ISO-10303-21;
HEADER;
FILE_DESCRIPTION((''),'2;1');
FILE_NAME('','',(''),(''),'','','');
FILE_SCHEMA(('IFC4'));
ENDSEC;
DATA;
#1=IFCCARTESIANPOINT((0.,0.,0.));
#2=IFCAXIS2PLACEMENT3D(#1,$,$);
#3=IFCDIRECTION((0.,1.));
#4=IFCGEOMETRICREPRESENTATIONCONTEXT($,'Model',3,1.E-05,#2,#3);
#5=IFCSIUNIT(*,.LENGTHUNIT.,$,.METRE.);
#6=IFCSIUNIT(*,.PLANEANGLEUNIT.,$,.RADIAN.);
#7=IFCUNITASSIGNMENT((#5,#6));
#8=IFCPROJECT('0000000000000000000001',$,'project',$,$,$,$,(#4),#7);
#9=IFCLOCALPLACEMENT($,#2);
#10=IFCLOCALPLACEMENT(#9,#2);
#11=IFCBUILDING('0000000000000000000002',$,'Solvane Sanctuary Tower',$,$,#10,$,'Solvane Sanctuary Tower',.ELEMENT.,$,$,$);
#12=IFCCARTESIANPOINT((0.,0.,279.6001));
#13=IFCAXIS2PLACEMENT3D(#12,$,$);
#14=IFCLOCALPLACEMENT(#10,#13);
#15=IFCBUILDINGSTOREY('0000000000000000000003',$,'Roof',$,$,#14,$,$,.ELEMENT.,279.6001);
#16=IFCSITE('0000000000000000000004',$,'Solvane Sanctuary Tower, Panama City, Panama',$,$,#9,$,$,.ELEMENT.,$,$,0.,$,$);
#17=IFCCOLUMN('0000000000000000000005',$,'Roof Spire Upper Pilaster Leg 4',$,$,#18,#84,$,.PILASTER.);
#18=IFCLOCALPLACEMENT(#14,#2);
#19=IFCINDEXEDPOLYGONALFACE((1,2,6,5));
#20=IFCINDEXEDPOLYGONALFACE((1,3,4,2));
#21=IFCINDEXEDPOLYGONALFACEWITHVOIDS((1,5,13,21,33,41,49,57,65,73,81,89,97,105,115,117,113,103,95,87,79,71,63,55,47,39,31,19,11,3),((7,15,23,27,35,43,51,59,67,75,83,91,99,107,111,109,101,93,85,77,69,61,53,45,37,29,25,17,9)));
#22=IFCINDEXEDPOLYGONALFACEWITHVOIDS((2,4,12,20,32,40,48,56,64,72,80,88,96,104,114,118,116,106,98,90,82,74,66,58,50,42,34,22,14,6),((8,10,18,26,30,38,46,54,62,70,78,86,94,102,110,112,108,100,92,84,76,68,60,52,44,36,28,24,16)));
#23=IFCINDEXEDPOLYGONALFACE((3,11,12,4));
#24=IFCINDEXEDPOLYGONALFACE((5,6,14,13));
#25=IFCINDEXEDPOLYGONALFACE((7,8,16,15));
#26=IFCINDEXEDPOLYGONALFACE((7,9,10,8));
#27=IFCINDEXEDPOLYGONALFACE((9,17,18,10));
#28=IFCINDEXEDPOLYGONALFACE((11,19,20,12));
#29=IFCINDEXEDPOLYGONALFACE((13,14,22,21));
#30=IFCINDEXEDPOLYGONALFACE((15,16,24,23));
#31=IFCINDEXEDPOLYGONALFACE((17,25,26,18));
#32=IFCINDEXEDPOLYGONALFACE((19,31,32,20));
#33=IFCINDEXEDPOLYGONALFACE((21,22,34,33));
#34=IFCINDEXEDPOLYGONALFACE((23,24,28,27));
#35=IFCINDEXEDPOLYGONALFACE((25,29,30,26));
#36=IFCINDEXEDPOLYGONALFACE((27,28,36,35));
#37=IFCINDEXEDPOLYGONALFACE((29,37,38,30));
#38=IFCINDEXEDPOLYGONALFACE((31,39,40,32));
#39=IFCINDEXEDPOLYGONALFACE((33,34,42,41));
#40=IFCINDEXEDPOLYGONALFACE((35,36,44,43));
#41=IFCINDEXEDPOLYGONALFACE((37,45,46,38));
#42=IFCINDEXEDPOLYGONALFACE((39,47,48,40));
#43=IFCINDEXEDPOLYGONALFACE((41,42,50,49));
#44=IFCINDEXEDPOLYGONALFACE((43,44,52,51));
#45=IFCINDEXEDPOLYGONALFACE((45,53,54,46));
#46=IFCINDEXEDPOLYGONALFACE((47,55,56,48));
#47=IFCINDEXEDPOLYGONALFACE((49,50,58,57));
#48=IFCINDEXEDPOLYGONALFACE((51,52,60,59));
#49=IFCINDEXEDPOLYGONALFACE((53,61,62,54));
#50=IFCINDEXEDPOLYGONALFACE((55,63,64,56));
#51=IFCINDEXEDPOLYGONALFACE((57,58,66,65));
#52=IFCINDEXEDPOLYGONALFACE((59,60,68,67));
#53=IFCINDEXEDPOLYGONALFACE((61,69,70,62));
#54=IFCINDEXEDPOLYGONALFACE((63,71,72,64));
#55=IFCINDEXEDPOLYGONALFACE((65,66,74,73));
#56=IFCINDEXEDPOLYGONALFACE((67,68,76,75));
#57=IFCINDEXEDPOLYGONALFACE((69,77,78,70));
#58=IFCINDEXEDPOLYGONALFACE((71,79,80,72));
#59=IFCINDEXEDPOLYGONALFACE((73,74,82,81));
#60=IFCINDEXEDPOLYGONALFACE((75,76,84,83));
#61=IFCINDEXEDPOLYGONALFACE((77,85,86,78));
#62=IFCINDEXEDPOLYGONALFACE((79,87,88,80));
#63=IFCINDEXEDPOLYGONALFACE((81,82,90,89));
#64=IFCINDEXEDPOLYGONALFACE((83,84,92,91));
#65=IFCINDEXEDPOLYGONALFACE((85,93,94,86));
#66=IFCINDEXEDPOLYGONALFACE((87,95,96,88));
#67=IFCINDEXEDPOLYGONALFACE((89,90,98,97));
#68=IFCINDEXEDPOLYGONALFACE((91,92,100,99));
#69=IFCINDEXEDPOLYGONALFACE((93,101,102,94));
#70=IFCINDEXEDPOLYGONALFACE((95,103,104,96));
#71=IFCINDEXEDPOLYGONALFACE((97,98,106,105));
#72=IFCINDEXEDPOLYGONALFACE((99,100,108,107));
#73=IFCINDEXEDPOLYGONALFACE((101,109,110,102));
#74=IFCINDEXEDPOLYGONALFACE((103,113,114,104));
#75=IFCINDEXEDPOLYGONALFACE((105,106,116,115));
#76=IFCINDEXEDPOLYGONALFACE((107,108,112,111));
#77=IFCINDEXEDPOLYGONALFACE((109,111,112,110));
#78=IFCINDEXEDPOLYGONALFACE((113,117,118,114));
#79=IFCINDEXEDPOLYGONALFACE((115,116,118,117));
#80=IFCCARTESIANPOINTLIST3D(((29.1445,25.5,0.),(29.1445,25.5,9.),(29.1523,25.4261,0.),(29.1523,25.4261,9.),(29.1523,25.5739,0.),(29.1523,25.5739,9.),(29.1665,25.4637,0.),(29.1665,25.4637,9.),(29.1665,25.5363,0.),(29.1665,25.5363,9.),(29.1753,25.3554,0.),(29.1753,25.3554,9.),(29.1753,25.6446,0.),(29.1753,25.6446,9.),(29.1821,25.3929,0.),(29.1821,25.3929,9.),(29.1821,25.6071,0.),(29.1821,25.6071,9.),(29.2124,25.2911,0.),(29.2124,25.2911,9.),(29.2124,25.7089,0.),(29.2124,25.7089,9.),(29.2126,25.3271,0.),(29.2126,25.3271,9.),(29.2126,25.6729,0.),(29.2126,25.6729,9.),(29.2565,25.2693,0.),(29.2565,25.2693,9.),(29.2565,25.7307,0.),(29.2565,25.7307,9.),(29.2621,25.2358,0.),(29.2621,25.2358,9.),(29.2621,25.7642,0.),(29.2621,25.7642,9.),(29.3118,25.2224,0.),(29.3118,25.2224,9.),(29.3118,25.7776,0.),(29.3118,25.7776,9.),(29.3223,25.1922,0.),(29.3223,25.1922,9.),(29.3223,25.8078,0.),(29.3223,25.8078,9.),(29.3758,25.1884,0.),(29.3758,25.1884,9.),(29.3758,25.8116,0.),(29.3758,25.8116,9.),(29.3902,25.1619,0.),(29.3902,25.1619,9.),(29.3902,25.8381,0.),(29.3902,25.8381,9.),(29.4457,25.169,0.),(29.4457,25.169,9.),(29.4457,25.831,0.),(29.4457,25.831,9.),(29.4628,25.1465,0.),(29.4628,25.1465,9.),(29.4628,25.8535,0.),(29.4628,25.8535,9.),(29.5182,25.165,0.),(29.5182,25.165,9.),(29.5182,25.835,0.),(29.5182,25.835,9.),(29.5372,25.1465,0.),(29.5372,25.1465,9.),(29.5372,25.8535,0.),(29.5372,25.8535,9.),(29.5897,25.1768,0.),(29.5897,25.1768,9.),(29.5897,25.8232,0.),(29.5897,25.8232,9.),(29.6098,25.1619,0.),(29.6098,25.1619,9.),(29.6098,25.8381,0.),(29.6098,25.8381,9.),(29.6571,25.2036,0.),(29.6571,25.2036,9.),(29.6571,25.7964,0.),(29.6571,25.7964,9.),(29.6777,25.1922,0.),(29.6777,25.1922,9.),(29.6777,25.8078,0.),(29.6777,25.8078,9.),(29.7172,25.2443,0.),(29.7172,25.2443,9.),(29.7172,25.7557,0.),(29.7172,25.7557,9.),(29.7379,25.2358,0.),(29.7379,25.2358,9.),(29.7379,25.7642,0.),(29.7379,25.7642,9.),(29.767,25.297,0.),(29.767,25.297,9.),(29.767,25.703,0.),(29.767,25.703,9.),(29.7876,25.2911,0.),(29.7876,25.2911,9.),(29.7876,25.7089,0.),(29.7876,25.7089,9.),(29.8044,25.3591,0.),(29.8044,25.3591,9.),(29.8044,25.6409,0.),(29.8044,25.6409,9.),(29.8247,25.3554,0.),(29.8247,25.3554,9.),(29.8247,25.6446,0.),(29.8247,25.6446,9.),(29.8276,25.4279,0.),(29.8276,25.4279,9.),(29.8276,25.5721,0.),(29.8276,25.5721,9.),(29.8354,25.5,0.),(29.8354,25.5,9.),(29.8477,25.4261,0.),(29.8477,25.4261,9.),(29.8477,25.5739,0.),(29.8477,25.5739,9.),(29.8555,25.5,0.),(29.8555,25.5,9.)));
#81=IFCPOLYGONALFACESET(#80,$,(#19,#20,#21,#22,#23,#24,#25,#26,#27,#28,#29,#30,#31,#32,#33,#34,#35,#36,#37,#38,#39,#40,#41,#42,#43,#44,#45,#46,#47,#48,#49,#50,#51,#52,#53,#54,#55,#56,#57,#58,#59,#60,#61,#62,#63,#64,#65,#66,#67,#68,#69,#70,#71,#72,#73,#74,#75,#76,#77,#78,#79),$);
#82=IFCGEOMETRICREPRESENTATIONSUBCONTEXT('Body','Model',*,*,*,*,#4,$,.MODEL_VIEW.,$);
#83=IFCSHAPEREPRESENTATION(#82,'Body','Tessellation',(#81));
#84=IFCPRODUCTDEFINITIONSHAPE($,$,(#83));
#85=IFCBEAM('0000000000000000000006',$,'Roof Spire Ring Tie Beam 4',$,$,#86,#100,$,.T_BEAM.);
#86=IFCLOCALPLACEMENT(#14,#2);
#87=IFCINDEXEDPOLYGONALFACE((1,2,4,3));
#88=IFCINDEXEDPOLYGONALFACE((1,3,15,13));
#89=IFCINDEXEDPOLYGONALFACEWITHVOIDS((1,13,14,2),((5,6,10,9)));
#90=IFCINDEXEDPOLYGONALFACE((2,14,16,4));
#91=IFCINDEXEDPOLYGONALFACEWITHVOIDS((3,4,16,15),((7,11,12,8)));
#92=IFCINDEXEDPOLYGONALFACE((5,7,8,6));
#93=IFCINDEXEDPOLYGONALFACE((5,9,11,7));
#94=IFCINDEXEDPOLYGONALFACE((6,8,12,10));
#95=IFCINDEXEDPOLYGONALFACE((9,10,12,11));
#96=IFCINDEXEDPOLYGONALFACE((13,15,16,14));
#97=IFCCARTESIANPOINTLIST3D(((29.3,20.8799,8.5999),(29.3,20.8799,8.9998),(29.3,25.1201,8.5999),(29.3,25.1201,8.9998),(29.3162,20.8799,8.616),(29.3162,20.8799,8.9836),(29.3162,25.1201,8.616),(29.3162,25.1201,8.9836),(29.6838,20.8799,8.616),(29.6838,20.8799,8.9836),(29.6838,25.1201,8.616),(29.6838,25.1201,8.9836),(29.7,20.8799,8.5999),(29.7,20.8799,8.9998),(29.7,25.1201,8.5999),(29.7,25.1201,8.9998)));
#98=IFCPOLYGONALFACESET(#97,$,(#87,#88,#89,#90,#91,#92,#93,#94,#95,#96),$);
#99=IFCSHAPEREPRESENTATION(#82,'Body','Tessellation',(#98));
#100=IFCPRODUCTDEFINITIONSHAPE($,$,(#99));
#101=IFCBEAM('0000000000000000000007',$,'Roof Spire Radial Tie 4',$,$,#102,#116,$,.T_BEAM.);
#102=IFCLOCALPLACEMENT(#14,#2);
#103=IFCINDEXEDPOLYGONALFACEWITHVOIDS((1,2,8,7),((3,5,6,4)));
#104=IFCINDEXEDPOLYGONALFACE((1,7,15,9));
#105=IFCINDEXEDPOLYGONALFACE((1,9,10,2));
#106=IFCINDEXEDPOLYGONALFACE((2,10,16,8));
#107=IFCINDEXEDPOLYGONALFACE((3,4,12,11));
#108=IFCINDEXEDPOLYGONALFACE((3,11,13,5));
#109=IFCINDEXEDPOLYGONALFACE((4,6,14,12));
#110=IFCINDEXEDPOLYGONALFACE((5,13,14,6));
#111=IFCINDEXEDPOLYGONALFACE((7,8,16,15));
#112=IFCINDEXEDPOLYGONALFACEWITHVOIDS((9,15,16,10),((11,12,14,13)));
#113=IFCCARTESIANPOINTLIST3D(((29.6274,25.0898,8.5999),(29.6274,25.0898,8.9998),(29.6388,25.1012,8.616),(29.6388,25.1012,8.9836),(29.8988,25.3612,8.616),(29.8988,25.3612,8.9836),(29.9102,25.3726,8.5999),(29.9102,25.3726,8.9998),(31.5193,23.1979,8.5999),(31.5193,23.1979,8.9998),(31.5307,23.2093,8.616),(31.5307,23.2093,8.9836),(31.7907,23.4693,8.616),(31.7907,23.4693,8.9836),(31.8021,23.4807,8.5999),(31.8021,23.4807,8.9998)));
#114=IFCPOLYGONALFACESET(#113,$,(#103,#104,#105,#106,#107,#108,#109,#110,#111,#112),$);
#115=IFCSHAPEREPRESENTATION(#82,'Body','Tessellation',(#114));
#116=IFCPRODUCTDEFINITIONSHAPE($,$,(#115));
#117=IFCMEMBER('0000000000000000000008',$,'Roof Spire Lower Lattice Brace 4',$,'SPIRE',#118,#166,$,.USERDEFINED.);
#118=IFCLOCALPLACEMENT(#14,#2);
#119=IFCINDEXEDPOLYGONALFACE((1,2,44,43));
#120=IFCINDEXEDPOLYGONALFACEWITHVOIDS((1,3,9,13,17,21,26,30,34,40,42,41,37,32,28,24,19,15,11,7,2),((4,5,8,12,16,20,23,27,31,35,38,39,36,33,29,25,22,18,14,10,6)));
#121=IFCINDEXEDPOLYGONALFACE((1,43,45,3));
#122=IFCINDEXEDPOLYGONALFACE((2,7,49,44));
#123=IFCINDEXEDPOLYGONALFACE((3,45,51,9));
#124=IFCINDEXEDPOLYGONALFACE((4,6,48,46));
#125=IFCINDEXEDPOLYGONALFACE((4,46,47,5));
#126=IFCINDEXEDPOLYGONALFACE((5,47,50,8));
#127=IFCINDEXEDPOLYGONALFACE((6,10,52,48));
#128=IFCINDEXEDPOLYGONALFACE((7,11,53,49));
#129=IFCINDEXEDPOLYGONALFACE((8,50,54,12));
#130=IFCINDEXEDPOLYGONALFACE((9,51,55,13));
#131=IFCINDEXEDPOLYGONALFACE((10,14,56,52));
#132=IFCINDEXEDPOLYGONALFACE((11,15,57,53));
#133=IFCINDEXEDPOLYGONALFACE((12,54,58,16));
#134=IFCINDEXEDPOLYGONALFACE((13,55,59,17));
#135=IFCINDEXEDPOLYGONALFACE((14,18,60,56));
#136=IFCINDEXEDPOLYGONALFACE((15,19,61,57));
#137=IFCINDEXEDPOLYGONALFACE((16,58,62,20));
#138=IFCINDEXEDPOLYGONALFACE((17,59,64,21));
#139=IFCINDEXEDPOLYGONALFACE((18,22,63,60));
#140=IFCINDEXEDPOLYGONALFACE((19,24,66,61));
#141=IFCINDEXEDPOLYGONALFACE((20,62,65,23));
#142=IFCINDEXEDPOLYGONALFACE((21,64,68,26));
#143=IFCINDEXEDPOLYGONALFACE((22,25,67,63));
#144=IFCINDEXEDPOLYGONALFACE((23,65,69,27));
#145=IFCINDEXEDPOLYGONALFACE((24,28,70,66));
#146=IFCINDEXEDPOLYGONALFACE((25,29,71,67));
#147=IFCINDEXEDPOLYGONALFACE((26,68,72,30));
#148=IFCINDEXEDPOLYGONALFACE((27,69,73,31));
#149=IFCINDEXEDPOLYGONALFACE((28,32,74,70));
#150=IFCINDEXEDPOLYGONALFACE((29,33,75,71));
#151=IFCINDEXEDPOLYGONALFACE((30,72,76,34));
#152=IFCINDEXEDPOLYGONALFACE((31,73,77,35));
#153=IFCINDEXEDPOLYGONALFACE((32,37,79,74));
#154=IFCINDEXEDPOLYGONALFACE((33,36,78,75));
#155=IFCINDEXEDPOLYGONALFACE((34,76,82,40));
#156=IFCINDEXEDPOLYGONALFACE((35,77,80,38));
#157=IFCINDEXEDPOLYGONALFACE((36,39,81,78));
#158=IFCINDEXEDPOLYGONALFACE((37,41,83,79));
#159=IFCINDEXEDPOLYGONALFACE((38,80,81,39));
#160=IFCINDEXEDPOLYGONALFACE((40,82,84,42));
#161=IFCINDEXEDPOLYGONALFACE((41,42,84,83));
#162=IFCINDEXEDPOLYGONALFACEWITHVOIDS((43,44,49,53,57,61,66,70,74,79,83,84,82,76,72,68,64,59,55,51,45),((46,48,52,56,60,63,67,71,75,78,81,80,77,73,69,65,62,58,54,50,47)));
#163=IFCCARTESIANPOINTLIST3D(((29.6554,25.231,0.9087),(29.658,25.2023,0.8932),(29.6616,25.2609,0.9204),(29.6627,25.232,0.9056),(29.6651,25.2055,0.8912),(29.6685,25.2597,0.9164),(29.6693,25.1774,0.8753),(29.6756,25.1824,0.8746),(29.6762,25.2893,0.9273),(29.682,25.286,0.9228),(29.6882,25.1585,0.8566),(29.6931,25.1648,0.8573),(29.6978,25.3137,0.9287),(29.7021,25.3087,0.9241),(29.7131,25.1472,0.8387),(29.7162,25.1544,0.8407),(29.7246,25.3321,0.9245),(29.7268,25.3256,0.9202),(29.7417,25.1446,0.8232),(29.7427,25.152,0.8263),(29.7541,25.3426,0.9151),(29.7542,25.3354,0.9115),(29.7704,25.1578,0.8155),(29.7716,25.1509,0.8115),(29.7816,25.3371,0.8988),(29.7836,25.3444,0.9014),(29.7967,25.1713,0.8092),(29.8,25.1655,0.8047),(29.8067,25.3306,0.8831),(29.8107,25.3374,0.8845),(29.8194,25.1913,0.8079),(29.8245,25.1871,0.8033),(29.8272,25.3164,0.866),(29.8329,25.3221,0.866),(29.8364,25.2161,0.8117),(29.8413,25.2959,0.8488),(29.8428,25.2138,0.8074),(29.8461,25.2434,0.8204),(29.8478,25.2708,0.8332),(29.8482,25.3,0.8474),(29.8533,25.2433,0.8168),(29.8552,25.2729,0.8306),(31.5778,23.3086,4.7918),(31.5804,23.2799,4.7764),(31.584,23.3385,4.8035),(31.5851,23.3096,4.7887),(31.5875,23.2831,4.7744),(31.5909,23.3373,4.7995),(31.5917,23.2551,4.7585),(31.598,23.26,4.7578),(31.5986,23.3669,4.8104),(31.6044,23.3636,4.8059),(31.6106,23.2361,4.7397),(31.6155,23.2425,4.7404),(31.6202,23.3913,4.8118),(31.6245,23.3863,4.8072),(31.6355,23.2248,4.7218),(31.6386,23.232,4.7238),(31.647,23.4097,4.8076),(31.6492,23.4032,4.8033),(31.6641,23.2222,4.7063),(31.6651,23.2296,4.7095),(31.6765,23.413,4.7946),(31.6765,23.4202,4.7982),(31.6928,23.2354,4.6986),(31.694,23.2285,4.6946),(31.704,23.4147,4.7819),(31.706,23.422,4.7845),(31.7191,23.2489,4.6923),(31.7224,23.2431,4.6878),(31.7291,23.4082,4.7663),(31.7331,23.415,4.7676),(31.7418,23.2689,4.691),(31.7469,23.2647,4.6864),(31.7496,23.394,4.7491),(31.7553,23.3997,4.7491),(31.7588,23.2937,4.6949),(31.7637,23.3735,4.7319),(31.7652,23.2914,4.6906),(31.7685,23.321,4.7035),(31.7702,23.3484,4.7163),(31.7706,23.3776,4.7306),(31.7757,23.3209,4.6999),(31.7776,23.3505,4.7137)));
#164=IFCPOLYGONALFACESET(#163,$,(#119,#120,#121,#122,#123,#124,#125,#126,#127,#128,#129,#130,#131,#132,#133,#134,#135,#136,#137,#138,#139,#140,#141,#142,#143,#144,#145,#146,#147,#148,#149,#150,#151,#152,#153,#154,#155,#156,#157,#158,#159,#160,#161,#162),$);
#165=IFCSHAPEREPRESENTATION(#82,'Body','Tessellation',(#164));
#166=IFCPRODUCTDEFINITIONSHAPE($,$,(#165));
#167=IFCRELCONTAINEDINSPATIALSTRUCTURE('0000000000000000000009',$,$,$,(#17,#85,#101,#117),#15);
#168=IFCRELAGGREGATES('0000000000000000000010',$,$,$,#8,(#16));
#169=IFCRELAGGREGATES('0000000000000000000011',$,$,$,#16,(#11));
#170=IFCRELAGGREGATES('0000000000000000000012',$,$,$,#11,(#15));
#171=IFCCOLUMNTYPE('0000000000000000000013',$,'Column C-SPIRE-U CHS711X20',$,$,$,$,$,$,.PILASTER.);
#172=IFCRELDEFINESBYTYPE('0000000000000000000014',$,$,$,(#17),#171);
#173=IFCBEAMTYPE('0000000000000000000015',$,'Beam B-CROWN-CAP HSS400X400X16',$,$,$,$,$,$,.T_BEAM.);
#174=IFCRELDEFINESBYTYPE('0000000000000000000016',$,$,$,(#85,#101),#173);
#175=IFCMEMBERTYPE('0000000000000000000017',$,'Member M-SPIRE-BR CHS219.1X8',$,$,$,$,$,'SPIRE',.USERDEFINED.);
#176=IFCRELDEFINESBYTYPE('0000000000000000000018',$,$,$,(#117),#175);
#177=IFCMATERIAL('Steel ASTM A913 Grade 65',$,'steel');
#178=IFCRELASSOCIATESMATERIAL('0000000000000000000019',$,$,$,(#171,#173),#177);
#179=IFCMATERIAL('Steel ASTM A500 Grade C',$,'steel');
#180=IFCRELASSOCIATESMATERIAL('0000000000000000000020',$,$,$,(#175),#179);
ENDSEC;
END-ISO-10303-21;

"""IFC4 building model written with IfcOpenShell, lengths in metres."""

from ifc_helpers import new_model, si_unit, direction, frame, origin, origin_2d, place, context, subcontext, project, spatial, hollow_rectangle, hollow_circle, extrude, material, material_profile, profile_set, type_object, element, save


model = new_model("IFC4")

# Units and contexts
model_context = context("Model", 3, precision=1e-05, world=origin(), true_north=direction((0.0, 1.0)))
body_context = subcontext(model_context, "Body", "Model", "MODEL_VIEW")
ifc_project = project(units=[si_unit("LENGTHUNIT", "METRE"), si_unit("PLANEANGLEUNIT", "RADIAN")], contexts=[model_context])

# Site, building, storey
site_placement = place(None, origin())
site = spatial("IfcSite", under=ifc_project, at=site_placement, Name="Solvane Sanctuary Tower, Panama City, Panama", CompositionType="ELEMENT", RefElevation=0.0)
building_placement = place(site_placement, origin())
building = spatial("IfcBuilding", under=site, at=building_placement, Name="Solvane Sanctuary Tower", LongName="Solvane Sanctuary Tower", CompositionType="ELEMENT")
storey_placement = place(building_placement, frame((0.0, 0.0, 279.6001)))
storey = spatial("IfcBuildingStorey", under=building, at=storey_placement, Name="Roof", CompositionType="ELEMENT", Elevation=279.6001)

# Column
ifc_material_1 = material(Name="Steel ASTM A913 Grade 65", Category="steel")
ifc_material_profile_1 = material_profile(ifc_material_1, hollow_circle(Radius=0.3555, WallThickness=0.02, at=origin_2d()), Name="CHS711X20")
ifc_profile_set_1 = profile_set([ifc_material_profile_1], Name="Steel ASTM A913 Grade 65")
column_type = type_object("IfcColumnType", Name="Column C-SPIRE-U CHS711X20", PredefinedType="PILASTER", material=ifc_profile_set_1)
column_placement = place(storey_placement, frame((29.5, 25.5, 0.0), z_axis=(0.0, 0.0, 1.0), x_axis=(1.0, 0.0, 0.0)))
element("IfcColumn", 1, at=column_placement, inside=storey, type_object=column_type, Name="Roof Spire Upper Pilaster Leg 4", PredefinedType="PILASTER", context=body_context, shape_type="SweptSolid", body=[
    extrude(hollow_circle(Radius=0.3555, WallThickness=0.02, at=origin_2d()), origin(), (0.0, 0.0, 1.0), 9.0),
])

# Beams
ifc_material_profile_2 = material_profile(ifc_material_1, hollow_rectangle(XDim=0.3999, YDim=0.3999, WallThickness=0.0161, at=origin_2d()), Name="HSS400X400X16")
ifc_profile_set_2 = profile_set([ifc_material_profile_2], Name="Steel ASTM A913 Grade 65")
beam_type = type_object("IfcBeamType", Name="Beam B-CROWN-CAP HSS400X400X16", PredefinedType="T_BEAM", material=ifc_profile_set_2)
beam_1_placement = place(storey_placement, frame((29.5, 25.1201, 8.7998), z_axis=(0.0, -1.0, 0.0), x_axis=(1.0, 0.0, 0.0)))
element("IfcBeam", 2, at=beam_1_placement, inside=storey, type_object=beam_type, Name="Roof Spire Ring Tie Beam 4", PredefinedType="T_BEAM", context=body_context, shape_type="SweptSolid", body=[
    extrude(hollow_rectangle(XDim=0.3999, YDim=0.3999, WallThickness=0.0161, at=origin_2d()), origin(), (0.0, 0.0, 1.0), 4.2402),
])
beam_2_placement = place(storey_placement, frame((29.7688, 25.2312, 8.7998), z_axis=(0.707107, -0.707107, 0.0), x_axis=(0.707107, 0.707107, 0.0)))
element("IfcBeam", 3, at=beam_2_placement, inside=storey, type_object=beam_type, Name="Roof Spire Radial Tie 4", PredefinedType="T_BEAM", context=body_context, shape_type="SweptSolid", body=[
    extrude(hollow_rectangle(XDim=0.3999, YDim=0.3999, WallThickness=0.0161, at=origin_2d()), origin(), (0.0, 0.0, 1.0), 2.6755),
])

# Member
ifc_material_2 = material(Name="Steel ASTM A500 Grade C", Category="steel")
ifc_material_profile_3 = material_profile(ifc_material_2, hollow_circle(Radius=0.1096, WallThickness=0.0081, at=origin_2d()), Name="CHS219.1X8")
ifc_profile_set_3 = profile_set([ifc_material_profile_3], Name="Steel ASTM A500 Grade C")
member_type_1 = type_object("IfcMemberType", Name="Member M-SPIRE-BR CHS219.1X8", ElementType="SPIRE", PredefinedType="USERDEFINED", material=ifc_profile_set_3)
member_1_placement = place(storey_placement, frame((29.7554, 25.2446, 0.866), z_axis=(0.405548, -0.405548, 0.819183), x_axis=(0.707107, 0.707107, 0.0)))
element("IfcMember", 4, at=member_1_placement, inside=storey, type_object=member_type_1, Name="Roof Spire Lower Lattice Brace 4", ObjectType="SPIRE", PredefinedType="USERDEFINED", context=body_context, shape_type="SweptSolid", body=[
    extrude(hollow_circle(Radius=0.1096, WallThickness=0.0081, at=origin_2d()), origin(), (0.0, 0.0, 1.0), 4.7402),
])

save(model, "model.ifc")
